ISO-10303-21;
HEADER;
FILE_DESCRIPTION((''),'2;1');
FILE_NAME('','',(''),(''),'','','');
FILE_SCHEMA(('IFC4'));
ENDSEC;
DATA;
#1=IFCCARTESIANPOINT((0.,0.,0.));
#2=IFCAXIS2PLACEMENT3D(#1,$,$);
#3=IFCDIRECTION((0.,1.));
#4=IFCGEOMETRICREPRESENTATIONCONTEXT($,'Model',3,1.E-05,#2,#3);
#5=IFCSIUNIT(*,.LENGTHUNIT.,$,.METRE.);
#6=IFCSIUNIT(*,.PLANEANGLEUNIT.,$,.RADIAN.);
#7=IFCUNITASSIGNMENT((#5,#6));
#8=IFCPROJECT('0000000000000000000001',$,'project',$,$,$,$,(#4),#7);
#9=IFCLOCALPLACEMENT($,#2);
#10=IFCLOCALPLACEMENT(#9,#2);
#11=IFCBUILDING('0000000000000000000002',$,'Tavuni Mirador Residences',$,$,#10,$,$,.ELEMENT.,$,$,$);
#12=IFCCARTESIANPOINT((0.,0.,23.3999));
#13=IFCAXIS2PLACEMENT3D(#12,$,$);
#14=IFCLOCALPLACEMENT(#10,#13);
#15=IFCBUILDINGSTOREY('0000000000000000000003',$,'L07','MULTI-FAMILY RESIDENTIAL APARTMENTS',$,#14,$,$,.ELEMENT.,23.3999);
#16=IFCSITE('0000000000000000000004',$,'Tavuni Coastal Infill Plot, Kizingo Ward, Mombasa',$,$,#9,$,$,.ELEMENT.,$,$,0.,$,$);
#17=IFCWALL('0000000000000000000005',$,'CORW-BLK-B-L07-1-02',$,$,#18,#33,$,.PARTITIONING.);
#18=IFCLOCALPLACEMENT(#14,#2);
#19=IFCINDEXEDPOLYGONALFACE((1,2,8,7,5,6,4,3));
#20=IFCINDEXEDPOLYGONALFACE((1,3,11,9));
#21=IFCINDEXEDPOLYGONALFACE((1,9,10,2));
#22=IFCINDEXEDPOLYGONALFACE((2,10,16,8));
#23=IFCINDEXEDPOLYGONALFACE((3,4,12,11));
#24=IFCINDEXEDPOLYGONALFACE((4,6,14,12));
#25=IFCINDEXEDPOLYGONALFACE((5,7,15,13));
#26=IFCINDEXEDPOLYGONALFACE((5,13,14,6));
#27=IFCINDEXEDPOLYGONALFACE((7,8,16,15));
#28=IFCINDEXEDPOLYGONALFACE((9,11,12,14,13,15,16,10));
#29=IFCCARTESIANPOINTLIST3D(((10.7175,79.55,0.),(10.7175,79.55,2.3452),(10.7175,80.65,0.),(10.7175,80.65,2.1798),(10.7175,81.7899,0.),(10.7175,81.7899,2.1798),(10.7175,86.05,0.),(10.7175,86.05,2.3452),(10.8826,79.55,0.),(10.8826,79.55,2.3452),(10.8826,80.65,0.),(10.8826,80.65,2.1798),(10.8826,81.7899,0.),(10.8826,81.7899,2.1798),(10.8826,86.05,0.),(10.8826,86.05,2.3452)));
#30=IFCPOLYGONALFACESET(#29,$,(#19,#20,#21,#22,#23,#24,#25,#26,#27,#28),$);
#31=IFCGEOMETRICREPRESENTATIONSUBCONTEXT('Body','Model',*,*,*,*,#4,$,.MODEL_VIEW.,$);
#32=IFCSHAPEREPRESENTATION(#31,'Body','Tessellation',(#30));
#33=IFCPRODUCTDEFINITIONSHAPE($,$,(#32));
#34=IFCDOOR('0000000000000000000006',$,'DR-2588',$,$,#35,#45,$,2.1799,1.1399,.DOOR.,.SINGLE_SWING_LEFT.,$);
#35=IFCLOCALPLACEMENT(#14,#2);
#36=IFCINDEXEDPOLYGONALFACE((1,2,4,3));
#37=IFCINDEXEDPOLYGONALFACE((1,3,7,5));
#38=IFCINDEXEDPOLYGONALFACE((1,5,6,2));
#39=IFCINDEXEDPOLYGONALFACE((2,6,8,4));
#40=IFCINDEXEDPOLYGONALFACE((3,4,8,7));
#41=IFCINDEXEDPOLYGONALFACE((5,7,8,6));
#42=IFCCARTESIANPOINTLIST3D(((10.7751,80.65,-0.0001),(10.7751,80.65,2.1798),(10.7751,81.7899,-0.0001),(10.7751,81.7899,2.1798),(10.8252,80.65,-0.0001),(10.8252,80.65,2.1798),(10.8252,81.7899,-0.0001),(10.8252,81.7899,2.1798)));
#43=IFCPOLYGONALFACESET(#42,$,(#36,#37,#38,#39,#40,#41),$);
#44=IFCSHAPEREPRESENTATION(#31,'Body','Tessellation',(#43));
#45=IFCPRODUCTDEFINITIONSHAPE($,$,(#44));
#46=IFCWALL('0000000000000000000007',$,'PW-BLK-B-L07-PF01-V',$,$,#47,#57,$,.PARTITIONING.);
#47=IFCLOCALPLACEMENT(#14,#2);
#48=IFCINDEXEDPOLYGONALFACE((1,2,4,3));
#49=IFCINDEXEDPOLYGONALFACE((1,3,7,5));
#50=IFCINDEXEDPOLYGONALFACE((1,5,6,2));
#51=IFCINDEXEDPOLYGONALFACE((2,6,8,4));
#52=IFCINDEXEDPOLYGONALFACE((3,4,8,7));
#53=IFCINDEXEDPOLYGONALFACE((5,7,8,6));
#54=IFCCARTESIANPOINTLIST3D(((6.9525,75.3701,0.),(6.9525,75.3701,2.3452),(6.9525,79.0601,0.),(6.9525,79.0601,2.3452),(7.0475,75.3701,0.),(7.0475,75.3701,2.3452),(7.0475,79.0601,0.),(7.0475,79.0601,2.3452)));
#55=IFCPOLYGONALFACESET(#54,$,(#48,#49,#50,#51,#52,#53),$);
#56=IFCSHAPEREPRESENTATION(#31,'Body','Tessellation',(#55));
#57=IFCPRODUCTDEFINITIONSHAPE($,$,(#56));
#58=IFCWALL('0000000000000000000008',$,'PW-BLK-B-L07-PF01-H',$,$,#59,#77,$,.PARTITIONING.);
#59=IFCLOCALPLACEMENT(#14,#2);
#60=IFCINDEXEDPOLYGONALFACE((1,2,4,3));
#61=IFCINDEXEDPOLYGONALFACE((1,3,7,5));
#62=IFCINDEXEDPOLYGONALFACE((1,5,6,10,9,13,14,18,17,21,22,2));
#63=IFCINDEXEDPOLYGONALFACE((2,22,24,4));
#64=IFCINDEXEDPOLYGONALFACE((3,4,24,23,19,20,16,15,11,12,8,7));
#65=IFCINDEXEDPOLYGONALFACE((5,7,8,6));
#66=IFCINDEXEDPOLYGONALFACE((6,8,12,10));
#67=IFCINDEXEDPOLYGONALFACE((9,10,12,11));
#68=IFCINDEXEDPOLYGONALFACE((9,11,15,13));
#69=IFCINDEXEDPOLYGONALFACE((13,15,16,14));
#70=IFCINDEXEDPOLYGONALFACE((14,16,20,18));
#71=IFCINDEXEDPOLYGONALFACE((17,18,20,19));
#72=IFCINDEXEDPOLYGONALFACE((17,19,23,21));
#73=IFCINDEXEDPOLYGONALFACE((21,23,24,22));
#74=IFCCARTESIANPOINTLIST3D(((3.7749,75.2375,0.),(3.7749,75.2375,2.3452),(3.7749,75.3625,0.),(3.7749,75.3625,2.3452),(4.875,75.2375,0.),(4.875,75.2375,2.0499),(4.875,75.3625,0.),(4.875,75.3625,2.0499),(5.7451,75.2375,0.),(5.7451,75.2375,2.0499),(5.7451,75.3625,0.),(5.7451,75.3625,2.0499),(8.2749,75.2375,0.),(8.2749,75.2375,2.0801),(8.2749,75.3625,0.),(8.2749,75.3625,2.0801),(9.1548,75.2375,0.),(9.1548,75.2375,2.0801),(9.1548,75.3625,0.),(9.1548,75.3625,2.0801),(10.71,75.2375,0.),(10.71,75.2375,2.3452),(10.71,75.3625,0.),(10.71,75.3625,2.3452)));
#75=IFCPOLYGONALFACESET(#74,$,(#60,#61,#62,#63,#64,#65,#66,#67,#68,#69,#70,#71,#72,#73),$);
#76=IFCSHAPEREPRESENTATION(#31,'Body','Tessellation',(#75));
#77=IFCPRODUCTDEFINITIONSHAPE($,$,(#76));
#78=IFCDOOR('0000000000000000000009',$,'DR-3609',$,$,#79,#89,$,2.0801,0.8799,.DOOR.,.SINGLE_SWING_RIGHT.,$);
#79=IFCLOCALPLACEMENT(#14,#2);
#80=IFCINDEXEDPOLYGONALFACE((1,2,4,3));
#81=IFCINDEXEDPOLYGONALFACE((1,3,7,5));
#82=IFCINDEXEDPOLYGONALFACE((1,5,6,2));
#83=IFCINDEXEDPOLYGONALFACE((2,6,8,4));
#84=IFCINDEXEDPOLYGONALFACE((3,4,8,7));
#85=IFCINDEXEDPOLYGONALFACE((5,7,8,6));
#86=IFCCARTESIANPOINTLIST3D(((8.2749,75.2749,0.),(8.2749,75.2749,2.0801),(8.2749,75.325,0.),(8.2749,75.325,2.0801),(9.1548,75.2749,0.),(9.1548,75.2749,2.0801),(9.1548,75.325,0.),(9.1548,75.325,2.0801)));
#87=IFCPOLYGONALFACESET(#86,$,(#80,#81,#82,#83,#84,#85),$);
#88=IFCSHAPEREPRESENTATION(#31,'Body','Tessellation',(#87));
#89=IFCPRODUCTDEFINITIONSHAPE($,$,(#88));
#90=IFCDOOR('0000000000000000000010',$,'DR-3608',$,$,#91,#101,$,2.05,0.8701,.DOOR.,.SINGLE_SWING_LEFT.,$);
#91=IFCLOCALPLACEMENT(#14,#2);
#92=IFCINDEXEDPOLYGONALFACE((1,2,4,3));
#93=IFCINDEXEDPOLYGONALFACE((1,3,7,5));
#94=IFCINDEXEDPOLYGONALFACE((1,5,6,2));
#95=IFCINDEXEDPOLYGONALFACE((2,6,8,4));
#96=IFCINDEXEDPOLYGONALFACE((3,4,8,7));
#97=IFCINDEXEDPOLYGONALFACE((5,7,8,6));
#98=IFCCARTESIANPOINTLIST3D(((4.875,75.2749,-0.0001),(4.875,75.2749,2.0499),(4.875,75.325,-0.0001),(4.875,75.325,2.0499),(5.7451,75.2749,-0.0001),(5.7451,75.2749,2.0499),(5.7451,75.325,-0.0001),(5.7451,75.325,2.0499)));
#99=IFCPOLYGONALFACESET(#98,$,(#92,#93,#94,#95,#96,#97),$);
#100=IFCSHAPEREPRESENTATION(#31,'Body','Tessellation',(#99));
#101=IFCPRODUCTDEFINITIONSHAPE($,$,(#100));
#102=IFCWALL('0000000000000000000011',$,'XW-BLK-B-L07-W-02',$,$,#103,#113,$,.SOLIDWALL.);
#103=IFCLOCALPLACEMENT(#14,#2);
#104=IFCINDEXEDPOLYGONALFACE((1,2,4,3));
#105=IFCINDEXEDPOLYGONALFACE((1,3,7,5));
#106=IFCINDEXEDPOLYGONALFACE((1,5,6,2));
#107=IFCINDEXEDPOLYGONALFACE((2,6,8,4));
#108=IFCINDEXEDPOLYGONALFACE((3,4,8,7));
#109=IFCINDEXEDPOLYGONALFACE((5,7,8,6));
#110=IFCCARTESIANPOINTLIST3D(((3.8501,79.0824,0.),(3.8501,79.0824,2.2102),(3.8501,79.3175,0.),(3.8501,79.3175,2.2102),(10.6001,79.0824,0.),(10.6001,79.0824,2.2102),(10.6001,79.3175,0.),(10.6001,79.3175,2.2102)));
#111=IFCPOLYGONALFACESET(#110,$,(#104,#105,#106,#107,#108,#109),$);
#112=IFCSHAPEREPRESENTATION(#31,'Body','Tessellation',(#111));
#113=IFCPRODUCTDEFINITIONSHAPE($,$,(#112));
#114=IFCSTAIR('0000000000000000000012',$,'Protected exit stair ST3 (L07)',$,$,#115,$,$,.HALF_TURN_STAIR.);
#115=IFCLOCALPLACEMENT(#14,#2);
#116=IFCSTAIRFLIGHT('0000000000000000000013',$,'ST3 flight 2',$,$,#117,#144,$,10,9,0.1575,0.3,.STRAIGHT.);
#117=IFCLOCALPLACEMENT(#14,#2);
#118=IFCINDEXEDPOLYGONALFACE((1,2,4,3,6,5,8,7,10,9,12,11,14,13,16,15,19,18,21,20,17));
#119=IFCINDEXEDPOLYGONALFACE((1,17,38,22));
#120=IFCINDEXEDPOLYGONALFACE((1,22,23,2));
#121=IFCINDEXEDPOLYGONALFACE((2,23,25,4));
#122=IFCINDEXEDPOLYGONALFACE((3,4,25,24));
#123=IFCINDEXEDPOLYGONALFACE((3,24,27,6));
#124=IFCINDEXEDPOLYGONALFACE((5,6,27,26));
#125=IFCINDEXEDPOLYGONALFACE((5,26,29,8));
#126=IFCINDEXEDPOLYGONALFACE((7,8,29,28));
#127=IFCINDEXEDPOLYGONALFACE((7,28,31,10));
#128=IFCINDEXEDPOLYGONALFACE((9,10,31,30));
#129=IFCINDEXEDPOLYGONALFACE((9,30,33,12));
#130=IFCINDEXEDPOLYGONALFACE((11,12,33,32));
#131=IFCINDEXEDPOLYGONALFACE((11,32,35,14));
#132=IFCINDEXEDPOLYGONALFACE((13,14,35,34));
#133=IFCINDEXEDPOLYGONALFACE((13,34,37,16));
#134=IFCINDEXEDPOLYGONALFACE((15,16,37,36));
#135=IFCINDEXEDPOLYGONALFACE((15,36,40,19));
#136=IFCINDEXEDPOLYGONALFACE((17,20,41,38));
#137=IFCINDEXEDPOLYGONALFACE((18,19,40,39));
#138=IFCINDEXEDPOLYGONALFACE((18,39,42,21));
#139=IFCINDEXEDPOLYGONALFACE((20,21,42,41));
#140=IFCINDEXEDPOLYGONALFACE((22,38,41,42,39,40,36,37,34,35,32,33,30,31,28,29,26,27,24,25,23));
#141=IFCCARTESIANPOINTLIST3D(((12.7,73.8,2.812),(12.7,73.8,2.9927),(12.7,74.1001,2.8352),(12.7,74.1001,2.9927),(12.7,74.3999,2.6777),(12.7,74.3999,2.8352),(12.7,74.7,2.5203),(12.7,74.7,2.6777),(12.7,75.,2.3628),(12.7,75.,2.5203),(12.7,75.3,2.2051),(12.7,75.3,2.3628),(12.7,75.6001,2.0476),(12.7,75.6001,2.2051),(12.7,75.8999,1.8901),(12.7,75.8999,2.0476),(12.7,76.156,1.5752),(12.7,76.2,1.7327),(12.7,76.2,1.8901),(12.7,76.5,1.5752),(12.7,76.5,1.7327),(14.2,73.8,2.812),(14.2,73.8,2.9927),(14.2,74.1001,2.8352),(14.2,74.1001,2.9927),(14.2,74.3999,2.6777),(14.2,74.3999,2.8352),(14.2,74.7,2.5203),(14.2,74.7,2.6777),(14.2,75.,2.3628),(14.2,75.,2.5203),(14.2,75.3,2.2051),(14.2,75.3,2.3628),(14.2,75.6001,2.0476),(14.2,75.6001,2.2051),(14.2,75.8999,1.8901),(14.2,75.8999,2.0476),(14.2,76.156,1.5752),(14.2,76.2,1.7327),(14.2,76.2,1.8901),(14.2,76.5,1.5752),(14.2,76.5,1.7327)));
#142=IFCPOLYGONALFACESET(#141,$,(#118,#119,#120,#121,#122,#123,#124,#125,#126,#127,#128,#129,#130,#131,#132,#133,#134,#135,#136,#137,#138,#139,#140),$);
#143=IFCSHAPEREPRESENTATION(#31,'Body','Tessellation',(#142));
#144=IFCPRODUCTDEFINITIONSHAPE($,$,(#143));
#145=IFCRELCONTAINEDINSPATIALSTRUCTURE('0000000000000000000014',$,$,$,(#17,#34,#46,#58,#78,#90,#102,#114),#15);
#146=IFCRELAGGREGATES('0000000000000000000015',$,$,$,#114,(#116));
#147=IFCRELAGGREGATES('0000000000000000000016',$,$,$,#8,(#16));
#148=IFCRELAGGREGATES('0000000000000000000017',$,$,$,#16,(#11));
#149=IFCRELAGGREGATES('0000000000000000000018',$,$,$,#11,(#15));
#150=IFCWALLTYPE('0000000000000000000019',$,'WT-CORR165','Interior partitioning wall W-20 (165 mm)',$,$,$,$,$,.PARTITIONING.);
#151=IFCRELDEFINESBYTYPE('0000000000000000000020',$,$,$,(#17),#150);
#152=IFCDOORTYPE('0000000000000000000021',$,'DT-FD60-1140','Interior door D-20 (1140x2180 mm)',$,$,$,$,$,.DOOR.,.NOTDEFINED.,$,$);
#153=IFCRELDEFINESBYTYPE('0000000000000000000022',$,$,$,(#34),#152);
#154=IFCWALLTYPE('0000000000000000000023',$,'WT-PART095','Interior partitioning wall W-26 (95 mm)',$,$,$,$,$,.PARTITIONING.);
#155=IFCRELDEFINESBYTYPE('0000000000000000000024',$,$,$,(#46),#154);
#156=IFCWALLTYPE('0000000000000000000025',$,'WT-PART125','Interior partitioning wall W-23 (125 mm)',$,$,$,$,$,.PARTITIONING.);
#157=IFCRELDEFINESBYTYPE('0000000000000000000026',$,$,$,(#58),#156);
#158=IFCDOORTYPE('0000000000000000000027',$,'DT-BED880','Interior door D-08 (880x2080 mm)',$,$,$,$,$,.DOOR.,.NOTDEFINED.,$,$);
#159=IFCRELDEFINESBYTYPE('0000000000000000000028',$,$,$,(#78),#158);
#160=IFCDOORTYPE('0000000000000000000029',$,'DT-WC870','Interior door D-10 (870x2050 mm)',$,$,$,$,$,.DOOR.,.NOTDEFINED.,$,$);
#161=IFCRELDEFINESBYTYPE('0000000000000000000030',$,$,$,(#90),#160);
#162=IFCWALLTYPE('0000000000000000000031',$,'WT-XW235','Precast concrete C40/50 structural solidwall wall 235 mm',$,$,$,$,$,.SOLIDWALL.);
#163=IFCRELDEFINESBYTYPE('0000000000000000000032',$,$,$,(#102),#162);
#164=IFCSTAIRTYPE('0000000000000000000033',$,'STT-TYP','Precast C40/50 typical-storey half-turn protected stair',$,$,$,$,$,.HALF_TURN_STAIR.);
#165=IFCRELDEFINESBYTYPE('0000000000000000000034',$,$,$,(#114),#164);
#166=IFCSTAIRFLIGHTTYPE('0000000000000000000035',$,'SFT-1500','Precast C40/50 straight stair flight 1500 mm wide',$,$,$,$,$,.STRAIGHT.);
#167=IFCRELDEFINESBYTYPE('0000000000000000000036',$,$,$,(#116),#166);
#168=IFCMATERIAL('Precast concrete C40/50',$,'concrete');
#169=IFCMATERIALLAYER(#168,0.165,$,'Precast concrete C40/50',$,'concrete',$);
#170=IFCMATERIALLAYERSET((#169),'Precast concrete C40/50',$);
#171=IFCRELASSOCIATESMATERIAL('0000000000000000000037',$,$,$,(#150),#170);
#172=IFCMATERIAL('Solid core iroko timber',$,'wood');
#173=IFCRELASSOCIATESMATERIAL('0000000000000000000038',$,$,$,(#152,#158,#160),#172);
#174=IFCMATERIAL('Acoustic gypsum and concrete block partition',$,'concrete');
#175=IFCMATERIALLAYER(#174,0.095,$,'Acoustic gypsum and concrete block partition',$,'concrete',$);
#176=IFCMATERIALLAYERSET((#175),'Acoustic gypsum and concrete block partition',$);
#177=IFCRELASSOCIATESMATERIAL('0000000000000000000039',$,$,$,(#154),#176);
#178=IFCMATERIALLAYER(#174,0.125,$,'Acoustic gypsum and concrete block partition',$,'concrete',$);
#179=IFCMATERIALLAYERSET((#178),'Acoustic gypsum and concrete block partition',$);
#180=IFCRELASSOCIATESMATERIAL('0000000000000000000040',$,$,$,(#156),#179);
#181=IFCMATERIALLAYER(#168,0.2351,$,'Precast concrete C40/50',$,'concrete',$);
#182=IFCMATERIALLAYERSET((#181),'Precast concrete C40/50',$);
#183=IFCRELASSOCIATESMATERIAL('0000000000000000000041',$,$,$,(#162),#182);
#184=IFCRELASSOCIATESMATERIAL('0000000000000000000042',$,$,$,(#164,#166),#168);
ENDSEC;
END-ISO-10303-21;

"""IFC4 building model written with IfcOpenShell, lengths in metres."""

from ifc_helpers import new_model, si_unit, direction, frame, frame_2d, origin, place, context, subcontext, project, spatial, polyline, rectangle, outline, extrude, material, layer, layer_set, type_object, element, fill, aggregate, save


model = new_model("IFC4")

# Units and contexts
model_context = context("Model", 3, precision=1e-05, world=origin(), true_north=direction((0.0, 1.0)))
body_context = subcontext(model_context, "Body", "Model", "MODEL_VIEW")
ifc_project = project(units=[si_unit("LENGTHUNIT", "METRE"), si_unit("PLANEANGLEUNIT", "RADIAN")], contexts=[model_context])

# Site, building, storey
site_placement = place(None, origin())
site = spatial("IfcSite", under=ifc_project, at=site_placement, Name="Tavuni Coastal Infill Plot, Kizingo Ward, Mombasa", CompositionType="ELEMENT", RefElevation=0.0)
building_placement = place(site_placement, origin())
building = spatial("IfcBuilding", under=site, at=building_placement, Name="Tavuni Mirador Residences", CompositionType="ELEMENT")
storey_placement = place(building_placement, frame((0.0, 0.0, 23.3999)))
storey = spatial("IfcBuildingStorey", under=building, at=storey_placement, Name="L07", Description="MULTI-FAMILY RESIDENTIAL APARTMENTS", CompositionType="ELEMENT", Elevation=23.3999)

# Shared definitions
ifc_material_1 = material(Name="Precast concrete C40/50", Category="concrete")

# Wall, opening, door
ifc_layer_1 = layer(ifc_material_1, 0.165, Name="Precast concrete C40/50", Category="concrete")
ifc_layer_set_1 = layer_set([ifc_layer_1], Name="Precast concrete C40/50")
wall_type_1 = type_object("IfcWallType", Name="WT-CORR165", Description="Interior partitioning wall W-20 (165 mm)", PredefinedType="PARTITIONING", material=ifc_layer_set_1)
wall_1_placement = place(storey_placement, frame((10.8, 79.55, 0.0), z_axis=(0.0, 0.0, 1.0), x_axis=(0.0, 1.0, 0.0)))
wall_1 = element("IfcWall", 1, at=wall_1_placement, inside=storey, type_object=wall_type_1, Name="CORW-BLK-B-L07-1-02", PredefinedType="PARTITIONING", context=body_context, shape_type="SweptSolid", body=[
    extrude(rectangle(XDim=6.5, YDim=0.165, at=frame_2d((3.25, 0.0))), origin(), (0.0, 0.0, 1.0), 2.3452),
])
opening_1_placement = place(wall_1_placement, frame((1.1001, 0.0, 0.0)))
opening_1 = element("IfcOpeningElement", 2, at=opening_1_placement, cuts=wall_1, PredefinedType="OPENING", context=body_context, shape_type="SweptSolid", body=[
    extrude(rectangle(XDim=1.1399, YDim=2.1799, at=frame_2d((0.5698, 1.0898))), frame((0.0, 0.0925, 0.0), z_axis=(0.0, -1.0, 0.0), x_axis=(1.0, 0.0, 0.0)), (0.0, 0.0, 1.0), 0.1851),
])
ifc_material_2 = material(Name="Solid core iroko timber", Category="wood")
door_type_1 = type_object("IfcDoorType", Name="DT-FD60-1140", Description="Interior door D-20 (1140x2180 mm)", OperationType="NOTDEFINED", PredefinedType="DOOR", material=ifc_material_2)
door_1_placement = place(opening_1_placement, origin())
door_1 = element("IfcDoor", 3, at=door_1_placement, inside=storey, type_object=door_type_1, Name="DR-2588", OperationType="SINGLE_SWING_LEFT", OverallHeight=2.1799, OverallWidth=1.1399, PredefinedType="DOOR", context=body_context, shape_type="SweptSolid", body=[
    extrude(rectangle(XDim=1.1399, YDim=2.1799, at=frame_2d((0.5698, 1.0898))), frame((0.0, 0.0249, 0.0), z_axis=(0.0, -1.0, 0.0), x_axis=(1.0, 0.0, 0.0)), (0.0, 0.0, 1.0), 0.05),
])
fill(opening_1, door_1)

# Wall
ifc_material_3 = material(Name="Acoustic gypsum and concrete block partition", Category="concrete")
ifc_layer_2 = layer(ifc_material_3, 0.095, Name="Acoustic gypsum and concrete block partition", Category="concrete")
ifc_layer_set_2 = layer_set([ifc_layer_2], Name="Acoustic gypsum and concrete block partition")
wall_type_2 = type_object("IfcWallType", Name="WT-PART095", Description="Interior partitioning wall W-26 (95 mm)", PredefinedType="PARTITIONING", material=ifc_layer_set_2)
wall_2_placement = place(storey_placement, frame((7.0, 75.3701, 0.0), z_axis=(0.0, 0.0, 1.0), x_axis=(0.0, 1.0, 0.0)))
element("IfcWall", 4, at=wall_2_placement, inside=storey, type_object=wall_type_2, Name="PW-BLK-B-L07-PF01-V", PredefinedType="PARTITIONING", context=body_context, shape_type="SweptSolid", body=[
    extrude(rectangle(XDim=3.6899, YDim=0.095, at=frame_2d((1.845, 0.0))), origin(), (0.0, 0.0, 1.0), 2.3452),
])

# Wall, openings, doors
ifc_layer_3 = layer(ifc_material_3, 0.125, Name="Acoustic gypsum and concrete block partition", Category="concrete")
ifc_layer_set_3 = layer_set([ifc_layer_3], Name="Acoustic gypsum and concrete block partition")
wall_type_3 = type_object("IfcWallType", Name="WT-PART125", Description="Interior partitioning wall W-23 (125 mm)", PredefinedType="PARTITIONING", material=ifc_layer_set_3)
wall_3_placement = place(storey_placement, frame((3.7749, 75.3, 0.0), z_axis=(0.0, 0.0, 1.0), x_axis=(1.0, 0.0, 0.0)))
wall_3 = element("IfcWall", 5, at=wall_3_placement, inside=storey, type_object=wall_type_3, Name="PW-BLK-B-L07-PF01-H", PredefinedType="PARTITIONING", context=body_context, shape_type="SweptSolid", body=[
    extrude(rectangle(XDim=6.9351, YDim=0.125, at=frame_2d((3.4675, 0.0))), origin(), (0.0, 0.0, 1.0), 2.3452),
])
opening_2_placement = place(wall_3_placement, frame((1.1001, 0.0, 0.0)))
opening_2 = element("IfcOpeningElement", 6, at=opening_2_placement, cuts=wall_3, PredefinedType="OPENING", context=body_context, shape_type="SweptSolid", body=[
    extrude(rectangle(XDim=0.8701, YDim=2.05, at=frame_2d((0.4351, 1.0249))), frame((0.0, 0.0725, 0.0), z_axis=(0.0, -1.0, 0.0), x_axis=(1.0, 0.0, 0.0)), (0.0, 0.0, 1.0), 0.145),
])
opening_3_placement = place(wall_3_placement, frame((4.5, 0.0, 0.0)))
opening_3 = element("IfcOpeningElement", 7, at=opening_3_placement, cuts=wall_3, PredefinedType="OPENING", context=body_context, shape_type="SweptSolid", body=[
    extrude(rectangle(XDim=0.8799, YDim=2.0801, at=frame_2d((0.4399, 1.04))), frame((0.0, 0.0725, 0.0), z_axis=(0.0, -1.0, 0.0), x_axis=(1.0, 0.0, 0.0)), (0.0, 0.0, 1.0), 0.145),
])
door_type_2 = type_object("IfcDoorType", Name="DT-BED880", Description="Interior door D-08 (880x2080 mm)", OperationType="NOTDEFINED", PredefinedType="DOOR", material=ifc_material_2)
door_2_placement = place(opening_3_placement, origin())
door_2 = element("IfcDoor", 8, at=door_2_placement, inside=storey, type_object=door_type_2, Name="DR-3609", OperationType="SINGLE_SWING_RIGHT", OverallHeight=2.0801, OverallWidth=0.8799, PredefinedType="DOOR", context=body_context, shape_type="SweptSolid", body=[
    extrude(rectangle(XDim=0.8799, YDim=2.0801, at=frame_2d((0.4399, 1.04))), frame((0.0, 0.0249, 0.0), z_axis=(0.0, -1.0, 0.0), x_axis=(1.0, 0.0, 0.0)), (0.0, 0.0, 1.0), 0.05),
])
fill(opening_3, door_2)
door_type_3 = type_object("IfcDoorType", Name="DT-WC870", Description="Interior door D-10 (870x2050 mm)", OperationType="NOTDEFINED", PredefinedType="DOOR", material=ifc_material_2)
door_3_placement = place(opening_2_placement, origin())
door_3 = element("IfcDoor", 9, at=door_3_placement, inside=storey, type_object=door_type_3, Name="DR-3608", OperationType="SINGLE_SWING_LEFT", OverallHeight=2.05, OverallWidth=0.8701, PredefinedType="DOOR", context=body_context, shape_type="SweptSolid", body=[
    extrude(rectangle(XDim=0.8701, YDim=2.05, at=frame_2d((0.4351, 1.0249))), frame((0.0, 0.0249, 0.0), z_axis=(0.0, -1.0, 0.0), x_axis=(1.0, 0.0, 0.0)), (0.0, 0.0, 1.0), 0.05),
])
fill(opening_2, door_3)

# Wall
ifc_layer_4 = layer(ifc_material_1, 0.2351, Name="Precast concrete C40/50", Category="concrete")
ifc_layer_set_4 = layer_set([ifc_layer_4], Name="Precast concrete C40/50")
wall_type_4 = type_object("IfcWallType", Name="WT-XW235", Description="Precast concrete C40/50 structural solidwall wall 235 mm", PredefinedType="SOLIDWALL", material=ifc_layer_set_4)
wall_4_placement = place(storey_placement, frame((3.8501, 79.2, 0.0), z_axis=(0.0, 0.0, 1.0), x_axis=(1.0, 0.0, 0.0)))
element("IfcWall", 10, at=wall_4_placement, inside=storey, type_object=wall_type_4, Name="XW-BLK-B-L07-W-02", PredefinedType="SOLIDWALL", context=body_context, shape_type="SweptSolid", body=[
    extrude(rectangle(XDim=6.75, YDim=0.2351, at=frame_2d((3.375, 0.0))), origin(), (0.0, 0.0, 1.0), 2.2102),
])

# Stair, stair flight
stair_type = type_object("IfcStairType", Name="STT-TYP", Description="Precast C40/50 typical-storey half-turn protected stair", PredefinedType="HALF_TURN_STAIR", material=ifc_material_1)
stair_placement = place(storey_placement, origin())
stair = element("IfcStair", 11, at=stair_placement, inside=storey, type_object=stair_type, Name="Protected exit stair ST3 (L07)", PredefinedType="HALF_TURN_STAIR")
stair_flight_type = type_object("IfcStairFlightType", Name="SFT-1500", Description="Precast C40/50 straight stair flight 1500 mm wide", PredefinedType="STRAIGHT", material=ifc_material_1)
stair_flight_placement = place(storey_placement, frame((13.45, 76.5, 1.5752), z_axis=(0.0, 0.0, 1.0), x_axis=(0.0, -1.0, 0.0)))
stair_flight = element("IfcStairFlight", 12, at=stair_flight_placement, type_object=stair_flight_type, Name="ST3 flight 2", NumberOfRisers=10, NumberOfTreads=9, PredefinedType="STRAIGHT", RiserHeight=0.1575, TreadLength=0.3, context=body_context, shape_type="SweptSolid", body=[
    extrude(outline(polyline([(0.0, 0.0), (0.0, 0.1575), (0.3, 0.1575), (0.3, 0.3149), (0.6001, 0.3149), (0.6001, 0.4724), (0.8999, 0.4724), (0.8999, 0.6299), (1.2, 0.6299), (1.2, 0.7876), (1.5, 0.7876), (1.5, 0.9451), (1.8, 0.9451), (1.8, 1.1025), (2.1001, 1.1025), (2.1001, 1.26), (2.3999, 1.26), (2.3999, 1.4175), (2.7, 1.4175), (2.7, 1.575), (2.7, 1.2368), (0.344, 0.0), (0.0, 0.0)])), frame((0.0, 0.75, 0.0), z_axis=(0.0, -1.0, 0.0), x_axis=(1.0, 0.0, 0.0)), (0.0, 0.0, 1.0), 1.5),
])
aggregate(stair, [stair_flight])

save(model, "model.ifc")
